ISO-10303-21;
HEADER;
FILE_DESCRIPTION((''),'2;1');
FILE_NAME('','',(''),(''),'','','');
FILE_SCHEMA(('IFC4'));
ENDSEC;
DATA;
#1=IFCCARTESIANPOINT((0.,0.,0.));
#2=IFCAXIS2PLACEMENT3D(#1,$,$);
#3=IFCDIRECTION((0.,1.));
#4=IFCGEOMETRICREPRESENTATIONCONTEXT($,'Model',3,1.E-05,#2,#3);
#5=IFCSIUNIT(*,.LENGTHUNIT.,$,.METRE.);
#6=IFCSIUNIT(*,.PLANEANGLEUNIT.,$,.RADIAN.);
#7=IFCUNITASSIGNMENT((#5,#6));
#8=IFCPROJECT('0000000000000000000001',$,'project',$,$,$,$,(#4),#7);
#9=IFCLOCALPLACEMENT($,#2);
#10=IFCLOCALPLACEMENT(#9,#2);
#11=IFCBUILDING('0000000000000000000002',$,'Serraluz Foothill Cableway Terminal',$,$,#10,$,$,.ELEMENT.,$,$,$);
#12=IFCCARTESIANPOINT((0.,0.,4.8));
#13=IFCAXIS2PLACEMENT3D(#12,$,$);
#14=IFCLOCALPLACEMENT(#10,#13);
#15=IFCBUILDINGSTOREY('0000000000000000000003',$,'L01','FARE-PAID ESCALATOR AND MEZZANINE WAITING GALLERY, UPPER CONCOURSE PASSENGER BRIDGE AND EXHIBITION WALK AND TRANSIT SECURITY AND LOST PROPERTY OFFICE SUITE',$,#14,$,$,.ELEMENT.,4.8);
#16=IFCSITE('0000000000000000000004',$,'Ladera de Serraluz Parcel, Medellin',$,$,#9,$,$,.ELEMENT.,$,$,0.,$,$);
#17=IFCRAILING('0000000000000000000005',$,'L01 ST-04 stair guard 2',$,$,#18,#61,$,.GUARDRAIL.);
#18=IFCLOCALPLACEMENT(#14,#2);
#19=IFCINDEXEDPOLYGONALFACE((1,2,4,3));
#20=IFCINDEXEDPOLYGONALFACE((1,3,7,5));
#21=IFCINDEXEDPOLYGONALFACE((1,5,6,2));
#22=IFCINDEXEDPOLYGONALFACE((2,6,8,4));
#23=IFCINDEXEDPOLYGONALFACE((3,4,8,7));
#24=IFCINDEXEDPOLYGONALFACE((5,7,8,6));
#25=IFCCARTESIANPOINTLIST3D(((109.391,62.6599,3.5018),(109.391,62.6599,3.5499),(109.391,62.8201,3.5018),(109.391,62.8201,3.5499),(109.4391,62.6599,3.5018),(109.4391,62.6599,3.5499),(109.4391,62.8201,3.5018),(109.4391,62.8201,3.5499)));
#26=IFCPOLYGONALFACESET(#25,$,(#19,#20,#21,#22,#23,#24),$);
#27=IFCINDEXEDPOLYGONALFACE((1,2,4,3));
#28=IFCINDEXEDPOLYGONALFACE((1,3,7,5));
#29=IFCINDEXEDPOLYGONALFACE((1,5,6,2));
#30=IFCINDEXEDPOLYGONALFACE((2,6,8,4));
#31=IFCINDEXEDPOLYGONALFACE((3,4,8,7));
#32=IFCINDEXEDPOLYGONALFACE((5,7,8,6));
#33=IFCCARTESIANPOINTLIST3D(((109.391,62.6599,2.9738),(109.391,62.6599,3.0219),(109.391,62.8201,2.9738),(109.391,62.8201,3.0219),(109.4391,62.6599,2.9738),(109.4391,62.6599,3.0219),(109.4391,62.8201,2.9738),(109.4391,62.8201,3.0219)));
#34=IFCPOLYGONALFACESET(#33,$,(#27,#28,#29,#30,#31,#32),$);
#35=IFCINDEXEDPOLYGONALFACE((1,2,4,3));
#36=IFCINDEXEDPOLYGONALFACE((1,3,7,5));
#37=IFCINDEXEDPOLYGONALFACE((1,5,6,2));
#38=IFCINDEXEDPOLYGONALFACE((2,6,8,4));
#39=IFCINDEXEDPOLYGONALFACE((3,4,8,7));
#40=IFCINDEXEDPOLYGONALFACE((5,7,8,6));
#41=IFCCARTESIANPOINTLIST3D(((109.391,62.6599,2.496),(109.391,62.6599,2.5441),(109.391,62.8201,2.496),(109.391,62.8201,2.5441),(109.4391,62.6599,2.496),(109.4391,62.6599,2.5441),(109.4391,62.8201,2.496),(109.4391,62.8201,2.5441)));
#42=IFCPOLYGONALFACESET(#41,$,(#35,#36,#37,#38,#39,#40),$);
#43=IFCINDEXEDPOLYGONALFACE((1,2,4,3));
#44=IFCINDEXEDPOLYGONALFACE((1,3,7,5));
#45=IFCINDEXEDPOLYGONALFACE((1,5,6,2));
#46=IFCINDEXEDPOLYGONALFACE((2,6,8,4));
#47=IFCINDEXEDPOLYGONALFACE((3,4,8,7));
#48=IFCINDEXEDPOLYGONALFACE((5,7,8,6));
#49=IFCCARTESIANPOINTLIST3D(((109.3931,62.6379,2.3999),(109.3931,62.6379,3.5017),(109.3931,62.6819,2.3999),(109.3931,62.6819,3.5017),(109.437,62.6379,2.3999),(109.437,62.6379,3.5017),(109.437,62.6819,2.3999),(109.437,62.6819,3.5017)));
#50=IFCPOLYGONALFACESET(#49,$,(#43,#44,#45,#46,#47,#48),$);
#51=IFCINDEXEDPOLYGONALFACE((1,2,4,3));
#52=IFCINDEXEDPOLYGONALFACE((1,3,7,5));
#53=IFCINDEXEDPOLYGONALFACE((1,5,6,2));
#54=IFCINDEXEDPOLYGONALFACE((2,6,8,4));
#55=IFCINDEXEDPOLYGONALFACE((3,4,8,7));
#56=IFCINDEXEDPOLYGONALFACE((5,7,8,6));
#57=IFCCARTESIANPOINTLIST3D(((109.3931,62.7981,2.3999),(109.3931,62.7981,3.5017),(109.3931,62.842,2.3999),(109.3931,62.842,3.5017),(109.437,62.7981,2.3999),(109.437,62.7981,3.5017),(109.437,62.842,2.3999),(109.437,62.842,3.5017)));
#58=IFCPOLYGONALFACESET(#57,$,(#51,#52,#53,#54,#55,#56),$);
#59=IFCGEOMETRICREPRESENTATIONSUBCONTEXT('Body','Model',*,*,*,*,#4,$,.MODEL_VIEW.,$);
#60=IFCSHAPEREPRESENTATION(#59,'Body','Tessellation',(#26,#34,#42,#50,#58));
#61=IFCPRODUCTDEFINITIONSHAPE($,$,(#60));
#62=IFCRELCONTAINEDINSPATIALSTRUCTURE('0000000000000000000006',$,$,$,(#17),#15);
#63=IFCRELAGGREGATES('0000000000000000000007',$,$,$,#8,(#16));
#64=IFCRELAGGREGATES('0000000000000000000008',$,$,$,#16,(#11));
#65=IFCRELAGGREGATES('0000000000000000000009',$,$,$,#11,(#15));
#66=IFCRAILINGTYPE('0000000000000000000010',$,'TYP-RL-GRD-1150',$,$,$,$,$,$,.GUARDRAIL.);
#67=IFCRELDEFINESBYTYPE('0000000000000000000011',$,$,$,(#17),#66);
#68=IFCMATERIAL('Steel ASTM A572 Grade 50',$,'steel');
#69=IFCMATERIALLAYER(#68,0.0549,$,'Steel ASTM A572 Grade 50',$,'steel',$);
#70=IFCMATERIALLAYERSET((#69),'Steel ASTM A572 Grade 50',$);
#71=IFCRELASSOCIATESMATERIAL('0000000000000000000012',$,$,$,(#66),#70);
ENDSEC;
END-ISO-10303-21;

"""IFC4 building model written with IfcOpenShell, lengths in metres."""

from ifc_helpers import new_model, si_unit, direction, frame, origin, origin_2d, place, context, subcontext, project, spatial, rectangle, extrude, material, layer, layer_set, type_object, element, save


model = new_model("IFC4")

# Units and contexts
model_context = context("Model", 3, precision=1e-05, world=origin(), true_north=direction((0.0, 1.0)))
body_context = subcontext(model_context, "Body", "Model", "MODEL_VIEW")
ifc_project = project(units=[si_unit("LENGTHUNIT", "METRE"), si_unit("PLANEANGLEUNIT", "RADIAN")], contexts=[model_context])

# Site, building, storey
site_placement = place(None, origin())
site = spatial("IfcSite", under=ifc_project, at=site_placement, Name="Ladera de Serraluz Parcel, Medellin", CompositionType="ELEMENT", RefElevation=0.0)
building_placement = place(site_placement, origin())
building = spatial("IfcBuilding", under=site, at=building_placement, Name="Serraluz Foothill Cableway Terminal", CompositionType="ELEMENT")
storey_placement = place(building_placement, frame((0.0, 0.0, 4.8)))
storey = spatial("IfcBuildingStorey", under=building, at=storey_placement, Name="L01", Description="FARE-PAID ESCALATOR AND MEZZANINE WAITING GALLERY, UPPER CONCOURSE PASSENGER BRIDGE AND EXHIBITION WALK AND TRANSIT SECURITY AND LOST PROPERTY OFFICE SUITE", CompositionType="ELEMENT", Elevation=4.8)

# Railing
ifc_material_1 = material(Name="Steel ASTM A572 Grade 50", Category="steel")
ifc_layer_1 = layer(ifc_material_1, 0.0549, Name="Steel ASTM A572 Grade 50", Category="steel")
ifc_layer_set_1 = layer_set([ifc_layer_1], Name="Steel ASTM A572 Grade 50")
railing_type_1 = type_object("IfcRailingType", Name="TYP-RL-GRD-1150", PredefinedType="GUARDRAIL", material=ifc_layer_set_1)
railing_1_placement = place(storey_placement, frame((109.415, 62.6599, 2.3999)))
element("IfcRailing", 1, at=railing_1_placement, inside=storey, type_object=railing_type_1, Name="L01 ST-04 stair guard 2", PredefinedType="GUARDRAIL", context=body_context, shape_type="SweptSolid", body=[
    extrude(rectangle(XDim=0.0481, YDim=0.0481, at=origin_2d()), frame((0.0, 0.0, 1.126), z_axis=(0.0, 1.0, 0.0), x_axis=(-1.0, 0.0, 0.0)), (0.0, 0.0, 1.0), 0.1602),
    extrude(rectangle(XDim=0.0481, YDim=0.0481, at=origin_2d()), frame((0.0, 0.0, 0.5979), z_axis=(0.0, 1.0, 0.0), x_axis=(-1.0, 0.0, 0.0)), (0.0, 0.0, 1.0), 0.1602),
    extrude(rectangle(XDim=0.0481, YDim=0.0481, at=origin_2d()), frame((0.0, 0.0, 0.1201), z_axis=(0.0, 1.0, 0.0), x_axis=(-1.0, 0.0, 0.0)), (0.0, 0.0, 1.0), 0.1602),
    extrude(rectangle(XDim=0.0439, YDim=0.0439, at=origin_2d()), origin(), (0.0, 0.0, 1.0), 1.1018),
    extrude(rectangle(XDim=0.0439, YDim=0.0439, at=origin_2d()), frame((0.0, 0.1602, 0.0)), (0.0, 0.0, 1.0), 1.1018),
])

save(model, "model.ifc")
